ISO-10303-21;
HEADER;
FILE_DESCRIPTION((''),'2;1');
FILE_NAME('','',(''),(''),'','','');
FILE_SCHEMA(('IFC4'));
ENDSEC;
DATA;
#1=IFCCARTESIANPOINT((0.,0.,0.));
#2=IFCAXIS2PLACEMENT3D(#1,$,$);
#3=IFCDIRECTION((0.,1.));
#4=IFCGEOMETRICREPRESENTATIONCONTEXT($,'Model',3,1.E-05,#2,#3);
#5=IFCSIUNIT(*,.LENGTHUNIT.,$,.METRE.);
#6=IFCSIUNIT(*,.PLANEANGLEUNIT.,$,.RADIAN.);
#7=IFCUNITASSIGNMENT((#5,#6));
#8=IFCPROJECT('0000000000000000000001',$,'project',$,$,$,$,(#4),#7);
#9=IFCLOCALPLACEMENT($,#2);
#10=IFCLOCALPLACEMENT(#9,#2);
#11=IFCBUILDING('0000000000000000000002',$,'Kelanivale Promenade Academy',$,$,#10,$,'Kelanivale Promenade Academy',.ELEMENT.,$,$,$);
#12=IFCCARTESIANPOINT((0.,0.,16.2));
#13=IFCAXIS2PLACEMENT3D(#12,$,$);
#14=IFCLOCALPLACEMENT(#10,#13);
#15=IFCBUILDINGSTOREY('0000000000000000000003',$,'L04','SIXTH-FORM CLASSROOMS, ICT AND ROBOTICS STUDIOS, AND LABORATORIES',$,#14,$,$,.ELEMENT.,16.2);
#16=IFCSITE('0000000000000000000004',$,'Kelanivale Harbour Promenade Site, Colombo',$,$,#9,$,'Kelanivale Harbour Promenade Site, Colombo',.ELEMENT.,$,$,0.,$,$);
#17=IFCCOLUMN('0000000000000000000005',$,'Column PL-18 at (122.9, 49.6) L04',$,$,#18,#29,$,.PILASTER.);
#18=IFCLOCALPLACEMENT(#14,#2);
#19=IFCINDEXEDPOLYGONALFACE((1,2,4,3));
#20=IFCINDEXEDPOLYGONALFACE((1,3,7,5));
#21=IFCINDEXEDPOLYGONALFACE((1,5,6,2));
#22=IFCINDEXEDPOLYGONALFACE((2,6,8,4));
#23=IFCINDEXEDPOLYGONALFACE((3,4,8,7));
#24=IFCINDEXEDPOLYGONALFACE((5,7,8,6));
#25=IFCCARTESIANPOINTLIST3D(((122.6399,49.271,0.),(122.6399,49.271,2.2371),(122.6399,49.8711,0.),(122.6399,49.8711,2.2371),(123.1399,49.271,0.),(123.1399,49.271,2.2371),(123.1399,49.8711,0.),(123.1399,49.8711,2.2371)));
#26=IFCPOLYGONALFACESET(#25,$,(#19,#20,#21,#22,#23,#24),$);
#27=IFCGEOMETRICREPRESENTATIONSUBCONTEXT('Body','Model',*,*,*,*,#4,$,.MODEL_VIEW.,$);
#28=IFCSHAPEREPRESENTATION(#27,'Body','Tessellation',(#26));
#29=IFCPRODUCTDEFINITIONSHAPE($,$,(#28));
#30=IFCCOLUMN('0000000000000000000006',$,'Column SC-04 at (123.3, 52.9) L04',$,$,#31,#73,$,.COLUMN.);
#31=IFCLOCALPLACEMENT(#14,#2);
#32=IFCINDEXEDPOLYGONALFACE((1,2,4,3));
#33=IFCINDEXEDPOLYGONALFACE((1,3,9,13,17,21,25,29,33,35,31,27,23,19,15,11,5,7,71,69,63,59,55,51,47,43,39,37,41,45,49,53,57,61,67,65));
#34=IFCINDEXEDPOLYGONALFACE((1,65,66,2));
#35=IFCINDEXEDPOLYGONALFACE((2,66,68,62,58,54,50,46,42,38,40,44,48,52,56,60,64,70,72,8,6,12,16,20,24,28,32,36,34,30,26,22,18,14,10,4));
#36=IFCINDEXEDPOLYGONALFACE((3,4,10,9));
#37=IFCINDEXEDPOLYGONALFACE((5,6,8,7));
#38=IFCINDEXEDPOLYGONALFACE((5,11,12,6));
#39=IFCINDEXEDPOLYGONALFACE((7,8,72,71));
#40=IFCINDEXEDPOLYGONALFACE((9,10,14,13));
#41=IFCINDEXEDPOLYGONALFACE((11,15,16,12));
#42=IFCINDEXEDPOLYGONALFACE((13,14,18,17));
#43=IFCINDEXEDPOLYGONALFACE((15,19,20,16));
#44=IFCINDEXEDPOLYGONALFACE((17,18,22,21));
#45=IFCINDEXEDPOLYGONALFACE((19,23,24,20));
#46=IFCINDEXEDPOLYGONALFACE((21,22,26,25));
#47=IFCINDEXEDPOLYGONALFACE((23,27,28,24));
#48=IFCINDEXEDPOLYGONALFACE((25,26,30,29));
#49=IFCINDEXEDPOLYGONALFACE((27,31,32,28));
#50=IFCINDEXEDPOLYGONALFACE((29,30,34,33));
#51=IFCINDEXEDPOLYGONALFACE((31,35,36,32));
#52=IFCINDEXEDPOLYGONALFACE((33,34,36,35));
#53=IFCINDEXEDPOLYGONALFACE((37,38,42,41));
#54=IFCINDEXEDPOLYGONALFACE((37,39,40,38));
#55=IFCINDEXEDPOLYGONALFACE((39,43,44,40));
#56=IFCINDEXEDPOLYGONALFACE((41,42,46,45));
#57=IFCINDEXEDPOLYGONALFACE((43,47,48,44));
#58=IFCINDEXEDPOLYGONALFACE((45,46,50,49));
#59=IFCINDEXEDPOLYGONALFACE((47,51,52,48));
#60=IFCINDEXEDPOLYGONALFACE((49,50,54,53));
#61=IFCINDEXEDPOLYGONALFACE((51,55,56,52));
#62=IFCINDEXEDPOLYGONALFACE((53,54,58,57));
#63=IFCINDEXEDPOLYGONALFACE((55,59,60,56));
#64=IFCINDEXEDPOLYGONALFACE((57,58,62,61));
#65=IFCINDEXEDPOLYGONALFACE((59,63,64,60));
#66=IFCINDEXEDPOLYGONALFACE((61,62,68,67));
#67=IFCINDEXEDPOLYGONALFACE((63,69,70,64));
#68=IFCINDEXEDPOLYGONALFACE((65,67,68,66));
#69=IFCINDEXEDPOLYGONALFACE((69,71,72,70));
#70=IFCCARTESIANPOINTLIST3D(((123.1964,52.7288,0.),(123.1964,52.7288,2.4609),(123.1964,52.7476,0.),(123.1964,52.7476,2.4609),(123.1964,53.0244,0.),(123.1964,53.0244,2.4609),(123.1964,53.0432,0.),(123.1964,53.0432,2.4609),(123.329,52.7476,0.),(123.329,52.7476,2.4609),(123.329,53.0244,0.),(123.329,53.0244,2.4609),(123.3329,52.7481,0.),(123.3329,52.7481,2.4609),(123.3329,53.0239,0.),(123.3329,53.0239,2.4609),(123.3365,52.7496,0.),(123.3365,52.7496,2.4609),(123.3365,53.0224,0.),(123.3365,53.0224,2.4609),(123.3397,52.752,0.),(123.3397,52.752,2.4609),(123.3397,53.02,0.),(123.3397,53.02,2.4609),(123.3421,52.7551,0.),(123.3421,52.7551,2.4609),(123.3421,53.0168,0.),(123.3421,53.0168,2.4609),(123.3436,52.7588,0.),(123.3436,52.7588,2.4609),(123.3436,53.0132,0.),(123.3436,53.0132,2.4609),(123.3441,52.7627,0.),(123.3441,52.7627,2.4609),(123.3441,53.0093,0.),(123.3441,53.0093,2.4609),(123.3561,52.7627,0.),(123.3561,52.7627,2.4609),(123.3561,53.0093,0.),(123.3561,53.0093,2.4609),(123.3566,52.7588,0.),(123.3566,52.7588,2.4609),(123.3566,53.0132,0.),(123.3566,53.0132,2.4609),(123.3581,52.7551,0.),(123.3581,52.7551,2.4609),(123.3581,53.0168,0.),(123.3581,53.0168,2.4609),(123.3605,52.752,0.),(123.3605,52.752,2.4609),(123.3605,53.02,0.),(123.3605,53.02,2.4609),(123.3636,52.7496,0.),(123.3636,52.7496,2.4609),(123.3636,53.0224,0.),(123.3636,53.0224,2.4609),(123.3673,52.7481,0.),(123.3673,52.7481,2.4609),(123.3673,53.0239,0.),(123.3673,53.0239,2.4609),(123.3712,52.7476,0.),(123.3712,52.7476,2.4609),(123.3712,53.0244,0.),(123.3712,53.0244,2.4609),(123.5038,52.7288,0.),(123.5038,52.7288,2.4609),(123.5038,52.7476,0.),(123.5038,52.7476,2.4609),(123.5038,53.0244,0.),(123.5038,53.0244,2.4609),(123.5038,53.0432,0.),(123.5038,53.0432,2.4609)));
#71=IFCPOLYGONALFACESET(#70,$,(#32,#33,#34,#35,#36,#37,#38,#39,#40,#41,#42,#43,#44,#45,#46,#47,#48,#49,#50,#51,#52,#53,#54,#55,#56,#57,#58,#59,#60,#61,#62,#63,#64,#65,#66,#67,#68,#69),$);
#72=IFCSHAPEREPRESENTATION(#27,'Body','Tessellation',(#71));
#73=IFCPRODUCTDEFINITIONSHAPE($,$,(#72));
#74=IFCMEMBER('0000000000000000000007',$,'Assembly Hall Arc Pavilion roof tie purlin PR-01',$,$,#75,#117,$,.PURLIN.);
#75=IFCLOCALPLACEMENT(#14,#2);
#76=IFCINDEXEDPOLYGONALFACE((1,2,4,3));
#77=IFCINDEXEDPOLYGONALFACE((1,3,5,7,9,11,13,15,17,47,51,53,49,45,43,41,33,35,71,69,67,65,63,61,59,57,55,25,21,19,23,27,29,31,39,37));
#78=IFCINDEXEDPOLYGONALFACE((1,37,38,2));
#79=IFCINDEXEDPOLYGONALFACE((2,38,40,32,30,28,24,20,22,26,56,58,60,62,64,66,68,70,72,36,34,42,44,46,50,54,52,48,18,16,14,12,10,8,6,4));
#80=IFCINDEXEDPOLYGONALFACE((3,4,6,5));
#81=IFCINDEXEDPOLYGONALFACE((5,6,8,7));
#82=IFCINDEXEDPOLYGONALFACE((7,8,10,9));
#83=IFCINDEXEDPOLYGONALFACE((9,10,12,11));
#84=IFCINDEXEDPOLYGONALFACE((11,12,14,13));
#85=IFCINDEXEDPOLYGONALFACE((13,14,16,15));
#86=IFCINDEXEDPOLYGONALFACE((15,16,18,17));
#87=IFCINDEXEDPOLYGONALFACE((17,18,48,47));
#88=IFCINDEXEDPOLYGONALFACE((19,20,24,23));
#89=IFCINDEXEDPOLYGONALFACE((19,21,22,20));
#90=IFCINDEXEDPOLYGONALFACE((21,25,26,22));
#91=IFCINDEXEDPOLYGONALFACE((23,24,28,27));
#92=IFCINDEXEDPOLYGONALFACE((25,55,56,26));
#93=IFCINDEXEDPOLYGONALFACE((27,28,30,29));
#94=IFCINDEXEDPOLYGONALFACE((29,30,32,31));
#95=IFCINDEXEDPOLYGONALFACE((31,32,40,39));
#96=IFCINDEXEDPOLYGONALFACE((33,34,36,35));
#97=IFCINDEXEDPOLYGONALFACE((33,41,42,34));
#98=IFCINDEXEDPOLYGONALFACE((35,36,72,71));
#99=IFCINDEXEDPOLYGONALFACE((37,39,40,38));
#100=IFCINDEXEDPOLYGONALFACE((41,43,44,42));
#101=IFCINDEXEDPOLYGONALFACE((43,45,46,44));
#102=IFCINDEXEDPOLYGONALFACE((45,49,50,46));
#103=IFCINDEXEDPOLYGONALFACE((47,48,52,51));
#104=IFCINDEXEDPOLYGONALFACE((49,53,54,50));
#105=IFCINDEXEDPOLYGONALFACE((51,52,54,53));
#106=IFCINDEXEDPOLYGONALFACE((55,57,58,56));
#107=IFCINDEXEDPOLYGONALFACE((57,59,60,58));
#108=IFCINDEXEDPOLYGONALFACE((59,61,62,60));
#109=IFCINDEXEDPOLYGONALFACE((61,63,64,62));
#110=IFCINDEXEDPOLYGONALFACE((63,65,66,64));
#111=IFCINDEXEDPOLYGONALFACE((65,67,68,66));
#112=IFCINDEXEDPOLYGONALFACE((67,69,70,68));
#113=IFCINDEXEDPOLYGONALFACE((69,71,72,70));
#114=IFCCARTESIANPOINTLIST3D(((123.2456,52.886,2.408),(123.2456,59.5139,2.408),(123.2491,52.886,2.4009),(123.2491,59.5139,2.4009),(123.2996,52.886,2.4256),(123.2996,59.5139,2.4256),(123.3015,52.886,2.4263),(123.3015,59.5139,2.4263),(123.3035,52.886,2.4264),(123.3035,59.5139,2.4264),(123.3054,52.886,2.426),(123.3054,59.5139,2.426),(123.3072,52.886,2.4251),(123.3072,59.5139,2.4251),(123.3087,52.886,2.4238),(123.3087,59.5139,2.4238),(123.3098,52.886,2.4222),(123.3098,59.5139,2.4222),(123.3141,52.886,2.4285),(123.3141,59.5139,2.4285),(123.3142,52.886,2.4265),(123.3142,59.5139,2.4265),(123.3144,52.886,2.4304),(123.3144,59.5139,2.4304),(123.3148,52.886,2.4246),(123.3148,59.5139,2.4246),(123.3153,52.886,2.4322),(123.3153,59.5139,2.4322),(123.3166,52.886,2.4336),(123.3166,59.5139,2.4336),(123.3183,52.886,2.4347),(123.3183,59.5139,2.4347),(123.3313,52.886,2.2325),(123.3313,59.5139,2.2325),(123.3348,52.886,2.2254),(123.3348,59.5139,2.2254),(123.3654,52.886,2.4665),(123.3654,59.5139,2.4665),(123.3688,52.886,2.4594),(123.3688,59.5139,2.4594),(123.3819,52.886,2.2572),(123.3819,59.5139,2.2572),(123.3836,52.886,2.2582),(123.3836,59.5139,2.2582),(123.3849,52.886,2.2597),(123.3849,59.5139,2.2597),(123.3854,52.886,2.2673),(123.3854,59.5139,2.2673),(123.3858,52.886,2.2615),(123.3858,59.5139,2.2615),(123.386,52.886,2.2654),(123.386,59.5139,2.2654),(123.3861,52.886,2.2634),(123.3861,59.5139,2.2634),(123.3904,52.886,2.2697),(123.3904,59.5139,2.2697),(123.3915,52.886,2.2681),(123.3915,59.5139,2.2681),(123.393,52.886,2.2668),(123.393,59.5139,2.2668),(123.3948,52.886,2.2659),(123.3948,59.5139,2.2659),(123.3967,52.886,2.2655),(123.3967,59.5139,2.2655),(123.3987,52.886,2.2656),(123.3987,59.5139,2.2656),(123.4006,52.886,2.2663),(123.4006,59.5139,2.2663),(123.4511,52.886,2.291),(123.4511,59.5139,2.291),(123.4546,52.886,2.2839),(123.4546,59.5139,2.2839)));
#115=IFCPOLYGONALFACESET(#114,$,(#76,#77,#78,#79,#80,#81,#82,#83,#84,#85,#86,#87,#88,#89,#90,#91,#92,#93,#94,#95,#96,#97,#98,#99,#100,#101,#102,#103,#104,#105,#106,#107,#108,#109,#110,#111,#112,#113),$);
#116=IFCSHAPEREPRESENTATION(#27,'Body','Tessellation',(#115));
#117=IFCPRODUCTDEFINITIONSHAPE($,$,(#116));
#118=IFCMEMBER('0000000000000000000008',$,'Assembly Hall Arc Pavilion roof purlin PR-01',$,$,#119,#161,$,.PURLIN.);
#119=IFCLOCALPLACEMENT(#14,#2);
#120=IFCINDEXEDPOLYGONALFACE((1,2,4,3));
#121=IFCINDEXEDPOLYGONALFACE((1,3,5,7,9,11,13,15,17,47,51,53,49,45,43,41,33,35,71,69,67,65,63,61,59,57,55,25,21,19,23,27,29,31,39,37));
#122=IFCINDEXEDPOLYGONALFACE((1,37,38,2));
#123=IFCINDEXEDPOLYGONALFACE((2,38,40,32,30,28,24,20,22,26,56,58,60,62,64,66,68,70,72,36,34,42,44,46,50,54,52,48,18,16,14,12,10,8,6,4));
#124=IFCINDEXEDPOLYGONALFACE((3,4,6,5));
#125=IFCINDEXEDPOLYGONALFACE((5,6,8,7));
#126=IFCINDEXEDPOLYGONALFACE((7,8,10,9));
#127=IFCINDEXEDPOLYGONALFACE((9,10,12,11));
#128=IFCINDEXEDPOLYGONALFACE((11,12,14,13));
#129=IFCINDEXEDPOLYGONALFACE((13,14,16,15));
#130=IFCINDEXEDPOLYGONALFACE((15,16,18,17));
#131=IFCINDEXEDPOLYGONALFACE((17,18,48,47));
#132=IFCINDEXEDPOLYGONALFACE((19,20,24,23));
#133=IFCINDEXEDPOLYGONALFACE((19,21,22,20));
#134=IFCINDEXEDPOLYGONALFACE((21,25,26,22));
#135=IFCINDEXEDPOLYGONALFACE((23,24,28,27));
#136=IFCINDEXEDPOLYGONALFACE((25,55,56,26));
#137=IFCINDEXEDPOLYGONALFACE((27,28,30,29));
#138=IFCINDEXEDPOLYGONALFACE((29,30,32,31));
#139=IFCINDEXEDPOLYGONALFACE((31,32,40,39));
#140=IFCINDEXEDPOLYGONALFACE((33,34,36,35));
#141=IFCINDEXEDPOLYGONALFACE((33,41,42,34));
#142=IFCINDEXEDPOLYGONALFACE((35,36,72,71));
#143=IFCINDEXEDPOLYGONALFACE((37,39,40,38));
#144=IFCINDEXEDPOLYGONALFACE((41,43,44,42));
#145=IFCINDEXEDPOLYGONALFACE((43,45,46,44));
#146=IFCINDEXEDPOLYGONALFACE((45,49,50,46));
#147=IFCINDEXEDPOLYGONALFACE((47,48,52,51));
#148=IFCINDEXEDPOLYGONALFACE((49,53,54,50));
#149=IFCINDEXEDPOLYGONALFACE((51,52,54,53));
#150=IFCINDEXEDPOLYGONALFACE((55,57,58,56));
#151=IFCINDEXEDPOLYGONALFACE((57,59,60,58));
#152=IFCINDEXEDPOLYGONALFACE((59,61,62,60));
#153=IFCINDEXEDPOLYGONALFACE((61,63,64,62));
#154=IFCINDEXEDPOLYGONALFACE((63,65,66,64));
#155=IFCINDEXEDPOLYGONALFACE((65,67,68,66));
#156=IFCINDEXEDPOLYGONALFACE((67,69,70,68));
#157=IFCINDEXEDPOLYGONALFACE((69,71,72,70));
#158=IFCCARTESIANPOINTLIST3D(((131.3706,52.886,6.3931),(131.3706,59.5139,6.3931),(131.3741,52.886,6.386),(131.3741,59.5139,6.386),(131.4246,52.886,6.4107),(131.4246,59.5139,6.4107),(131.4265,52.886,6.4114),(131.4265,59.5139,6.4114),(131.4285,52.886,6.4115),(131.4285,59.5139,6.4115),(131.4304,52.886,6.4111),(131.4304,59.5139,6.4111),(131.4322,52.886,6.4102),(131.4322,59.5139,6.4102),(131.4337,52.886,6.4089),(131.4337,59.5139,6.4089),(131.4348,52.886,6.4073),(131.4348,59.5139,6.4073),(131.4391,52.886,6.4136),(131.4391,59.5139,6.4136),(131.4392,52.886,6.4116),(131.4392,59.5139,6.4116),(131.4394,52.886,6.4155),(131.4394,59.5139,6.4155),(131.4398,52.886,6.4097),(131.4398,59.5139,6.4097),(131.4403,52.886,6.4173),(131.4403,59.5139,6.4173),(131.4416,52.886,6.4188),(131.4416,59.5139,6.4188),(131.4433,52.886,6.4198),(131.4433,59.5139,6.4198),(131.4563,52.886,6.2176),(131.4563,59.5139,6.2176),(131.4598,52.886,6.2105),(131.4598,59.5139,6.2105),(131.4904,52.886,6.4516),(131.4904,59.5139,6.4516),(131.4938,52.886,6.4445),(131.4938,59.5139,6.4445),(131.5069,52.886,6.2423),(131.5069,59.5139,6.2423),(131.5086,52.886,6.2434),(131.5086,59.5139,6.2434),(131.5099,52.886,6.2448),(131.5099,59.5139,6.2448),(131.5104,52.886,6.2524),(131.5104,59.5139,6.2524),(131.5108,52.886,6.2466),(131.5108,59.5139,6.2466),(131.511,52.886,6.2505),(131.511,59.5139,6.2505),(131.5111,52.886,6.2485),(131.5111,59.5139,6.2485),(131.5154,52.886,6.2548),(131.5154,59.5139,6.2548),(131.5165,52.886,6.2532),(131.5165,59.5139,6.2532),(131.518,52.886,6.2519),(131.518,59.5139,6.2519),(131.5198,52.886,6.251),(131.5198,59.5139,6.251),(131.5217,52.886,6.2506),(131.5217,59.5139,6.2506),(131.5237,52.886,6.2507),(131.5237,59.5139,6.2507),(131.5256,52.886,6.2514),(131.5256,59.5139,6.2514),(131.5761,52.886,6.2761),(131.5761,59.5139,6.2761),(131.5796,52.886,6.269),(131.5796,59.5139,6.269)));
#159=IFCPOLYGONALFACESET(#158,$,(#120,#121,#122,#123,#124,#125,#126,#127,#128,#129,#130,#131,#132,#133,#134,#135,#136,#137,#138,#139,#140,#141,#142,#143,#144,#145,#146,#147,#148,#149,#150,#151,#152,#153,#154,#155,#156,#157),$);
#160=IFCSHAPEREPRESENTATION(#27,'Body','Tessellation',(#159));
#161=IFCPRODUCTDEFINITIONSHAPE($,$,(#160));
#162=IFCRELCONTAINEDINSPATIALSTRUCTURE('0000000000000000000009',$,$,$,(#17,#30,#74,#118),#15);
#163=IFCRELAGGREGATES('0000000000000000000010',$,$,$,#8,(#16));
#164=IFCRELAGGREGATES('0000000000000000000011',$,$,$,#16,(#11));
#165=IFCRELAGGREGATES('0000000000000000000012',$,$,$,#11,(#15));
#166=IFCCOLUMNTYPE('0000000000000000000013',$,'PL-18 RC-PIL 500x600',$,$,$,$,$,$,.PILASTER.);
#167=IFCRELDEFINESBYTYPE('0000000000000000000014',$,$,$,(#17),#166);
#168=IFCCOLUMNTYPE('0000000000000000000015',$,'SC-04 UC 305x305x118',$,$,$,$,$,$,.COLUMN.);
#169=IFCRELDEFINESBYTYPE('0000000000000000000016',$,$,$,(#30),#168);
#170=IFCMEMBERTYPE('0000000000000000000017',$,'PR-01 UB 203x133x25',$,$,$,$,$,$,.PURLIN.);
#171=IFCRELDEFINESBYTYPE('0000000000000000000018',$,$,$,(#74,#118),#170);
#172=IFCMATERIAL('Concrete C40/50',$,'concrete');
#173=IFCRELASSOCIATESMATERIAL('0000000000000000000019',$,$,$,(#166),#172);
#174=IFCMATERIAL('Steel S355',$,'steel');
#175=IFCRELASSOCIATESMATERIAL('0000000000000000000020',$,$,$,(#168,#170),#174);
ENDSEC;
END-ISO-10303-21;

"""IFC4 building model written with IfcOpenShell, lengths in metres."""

from ifc_helpers import new_model, si_unit, direction, frame, origin, origin_2d, place, context, subcontext, project, spatial, rectangle, i_section, extrude, material, material_profile, profile_set, type_object, element, save


model = new_model("IFC4")

# Units and contexts
model_context = context("Model", 3, precision=1e-05, world=origin(), true_north=direction((0.0, 1.0)))
body_context = subcontext(model_context, "Body", "Model", "MODEL_VIEW")
ifc_project = project(units=[si_unit("LENGTHUNIT", "METRE"), si_unit("PLANEANGLEUNIT", "RADIAN")], contexts=[model_context])

# Site, building, storey
site_placement = place(None, origin())
site = spatial("IfcSite", under=ifc_project, at=site_placement, Name="Kelanivale Harbour Promenade Site, Colombo", LongName="Kelanivale Harbour Promenade Site, Colombo", CompositionType="ELEMENT", RefElevation=0.0)
building_placement = place(site_placement, origin())
building = spatial("IfcBuilding", under=site, at=building_placement, Name="Kelanivale Promenade Academy", LongName="Kelanivale Promenade Academy", CompositionType="ELEMENT")
storey_placement = place(building_placement, frame((0.0, 0.0, 16.2)))
storey = spatial("IfcBuildingStorey", under=building, at=storey_placement, Name="L04", Description="SIXTH-FORM CLASSROOMS, ICT AND ROBOTICS STUDIOS, AND LABORATORIES", CompositionType="ELEMENT", Elevation=16.2)

# Columns
ifc_material_1 = material(Name="Concrete C40/50", Category="concrete")
ifc_material_profile_1 = material_profile(ifc_material_1, rectangle(XDim=0.5, YDim=0.6001, at=origin_2d()), Name="RC-PIL 500x600")
ifc_profile_set_1 = profile_set([ifc_material_profile_1], Name="Concrete C40/50")
column_type_1 = type_object("IfcColumnType", Name="PL-18 RC-PIL 500x600", PredefinedType="PILASTER", material=ifc_profile_set_1)
column_1_placement = place(storey_placement, frame((122.8899, 49.571, 0.0), z_axis=(0.0, 0.0, 1.0), x_axis=(1.0, 0.0, 0.0)))
element("IfcColumn", 1, at=column_1_placement, inside=storey, type_object=column_type_1, Name="Column PL-18 at (122.9, 49.6) L04", PredefinedType="PILASTER", context=body_context, shape_type="SweptSolid", body=[
    extrude(rectangle(XDim=0.5, YDim=0.6001, at=origin_2d()), origin(), (0.0, 0.0, 1.0), 2.2371),
])
ifc_material_2 = material(Name="Steel S355", Category="steel")
ifc_material_profile_2 = material_profile(ifc_material_2, i_section(OverallWidth=0.3074, OverallDepth=0.3145, WebThickness=0.012, FlangeThickness=0.0188, FilletRadius=0.0151, at=origin_2d()), Name="UC 305x305x118")
ifc_profile_set_2 = profile_set([ifc_material_profile_2], Name="Steel S355")
column_type_2 = type_object("IfcColumnType", Name="SC-04 UC 305x305x118", PredefinedType="COLUMN", material=ifc_profile_set_2)
column_2_placement = place(storey_placement, frame((123.3501, 52.886, 0.0), z_axis=(0.0, 0.0, 1.0), x_axis=(1.0, 0.0, 0.0)))
element("IfcColumn", 2, at=column_2_placement, inside=storey, type_object=column_type_2, Name="Column SC-04 at (123.3, 52.9) L04", PredefinedType="COLUMN", context=body_context, shape_type="SweptSolid", body=[
    extrude(i_section(OverallWidth=0.3074, OverallDepth=0.3145, WebThickness=0.012, FlangeThickness=0.0188, FilletRadius=0.0151, at=origin_2d()), origin(), (0.0, 0.0, 1.0), 2.4609),
])

# Members
ifc_material_profile_3 = material_profile(ifc_material_2, i_section(OverallWidth=0.1333, OverallDepth=0.2031, WebThickness=0.0056, FlangeThickness=0.0078, FilletRadius=0.0076, at=origin_2d()), Name="UB 203x133x25")
ifc_profile_set_3 = profile_set([ifc_material_profile_3], Name="Steel S355")
member_type_1 = type_object("IfcMemberType", Name="PR-01 UB 203x133x25", PredefinedType="PURLIN", material=ifc_profile_set_3)
for number, where, z_axis, x_axis, name in (
    (3, (123.3501, 52.886, 2.3459), (0.0, 1.0, 0.0), (-0.898564, 0.0, -0.438842), "Assembly Hall Arc Pavilion roof tie purlin PR-01"),
    (4, (131.4751, 52.886, 6.3311), (0.0, 1.0, 0.0), (-0.898564, 0.0, -0.438842), "Assembly Hall Arc Pavilion roof purlin PR-01"),
):
    element("IfcMember", number, at=place(storey_placement, frame(where, z_axis=z_axis, x_axis=x_axis)), inside=storey, type_object=member_type_1, Name=name, PredefinedType="PURLIN", context=body_context, shape_type="SweptSolid", body=[
        extrude(i_section(OverallWidth=0.1333, OverallDepth=0.2031, WebThickness=0.0056, FlangeThickness=0.0078, FilletRadius=0.0076, at=origin_2d()), origin(), (0.0, 0.0, 1.0), 6.6279),
    ])

save(model, "model.ifc")
